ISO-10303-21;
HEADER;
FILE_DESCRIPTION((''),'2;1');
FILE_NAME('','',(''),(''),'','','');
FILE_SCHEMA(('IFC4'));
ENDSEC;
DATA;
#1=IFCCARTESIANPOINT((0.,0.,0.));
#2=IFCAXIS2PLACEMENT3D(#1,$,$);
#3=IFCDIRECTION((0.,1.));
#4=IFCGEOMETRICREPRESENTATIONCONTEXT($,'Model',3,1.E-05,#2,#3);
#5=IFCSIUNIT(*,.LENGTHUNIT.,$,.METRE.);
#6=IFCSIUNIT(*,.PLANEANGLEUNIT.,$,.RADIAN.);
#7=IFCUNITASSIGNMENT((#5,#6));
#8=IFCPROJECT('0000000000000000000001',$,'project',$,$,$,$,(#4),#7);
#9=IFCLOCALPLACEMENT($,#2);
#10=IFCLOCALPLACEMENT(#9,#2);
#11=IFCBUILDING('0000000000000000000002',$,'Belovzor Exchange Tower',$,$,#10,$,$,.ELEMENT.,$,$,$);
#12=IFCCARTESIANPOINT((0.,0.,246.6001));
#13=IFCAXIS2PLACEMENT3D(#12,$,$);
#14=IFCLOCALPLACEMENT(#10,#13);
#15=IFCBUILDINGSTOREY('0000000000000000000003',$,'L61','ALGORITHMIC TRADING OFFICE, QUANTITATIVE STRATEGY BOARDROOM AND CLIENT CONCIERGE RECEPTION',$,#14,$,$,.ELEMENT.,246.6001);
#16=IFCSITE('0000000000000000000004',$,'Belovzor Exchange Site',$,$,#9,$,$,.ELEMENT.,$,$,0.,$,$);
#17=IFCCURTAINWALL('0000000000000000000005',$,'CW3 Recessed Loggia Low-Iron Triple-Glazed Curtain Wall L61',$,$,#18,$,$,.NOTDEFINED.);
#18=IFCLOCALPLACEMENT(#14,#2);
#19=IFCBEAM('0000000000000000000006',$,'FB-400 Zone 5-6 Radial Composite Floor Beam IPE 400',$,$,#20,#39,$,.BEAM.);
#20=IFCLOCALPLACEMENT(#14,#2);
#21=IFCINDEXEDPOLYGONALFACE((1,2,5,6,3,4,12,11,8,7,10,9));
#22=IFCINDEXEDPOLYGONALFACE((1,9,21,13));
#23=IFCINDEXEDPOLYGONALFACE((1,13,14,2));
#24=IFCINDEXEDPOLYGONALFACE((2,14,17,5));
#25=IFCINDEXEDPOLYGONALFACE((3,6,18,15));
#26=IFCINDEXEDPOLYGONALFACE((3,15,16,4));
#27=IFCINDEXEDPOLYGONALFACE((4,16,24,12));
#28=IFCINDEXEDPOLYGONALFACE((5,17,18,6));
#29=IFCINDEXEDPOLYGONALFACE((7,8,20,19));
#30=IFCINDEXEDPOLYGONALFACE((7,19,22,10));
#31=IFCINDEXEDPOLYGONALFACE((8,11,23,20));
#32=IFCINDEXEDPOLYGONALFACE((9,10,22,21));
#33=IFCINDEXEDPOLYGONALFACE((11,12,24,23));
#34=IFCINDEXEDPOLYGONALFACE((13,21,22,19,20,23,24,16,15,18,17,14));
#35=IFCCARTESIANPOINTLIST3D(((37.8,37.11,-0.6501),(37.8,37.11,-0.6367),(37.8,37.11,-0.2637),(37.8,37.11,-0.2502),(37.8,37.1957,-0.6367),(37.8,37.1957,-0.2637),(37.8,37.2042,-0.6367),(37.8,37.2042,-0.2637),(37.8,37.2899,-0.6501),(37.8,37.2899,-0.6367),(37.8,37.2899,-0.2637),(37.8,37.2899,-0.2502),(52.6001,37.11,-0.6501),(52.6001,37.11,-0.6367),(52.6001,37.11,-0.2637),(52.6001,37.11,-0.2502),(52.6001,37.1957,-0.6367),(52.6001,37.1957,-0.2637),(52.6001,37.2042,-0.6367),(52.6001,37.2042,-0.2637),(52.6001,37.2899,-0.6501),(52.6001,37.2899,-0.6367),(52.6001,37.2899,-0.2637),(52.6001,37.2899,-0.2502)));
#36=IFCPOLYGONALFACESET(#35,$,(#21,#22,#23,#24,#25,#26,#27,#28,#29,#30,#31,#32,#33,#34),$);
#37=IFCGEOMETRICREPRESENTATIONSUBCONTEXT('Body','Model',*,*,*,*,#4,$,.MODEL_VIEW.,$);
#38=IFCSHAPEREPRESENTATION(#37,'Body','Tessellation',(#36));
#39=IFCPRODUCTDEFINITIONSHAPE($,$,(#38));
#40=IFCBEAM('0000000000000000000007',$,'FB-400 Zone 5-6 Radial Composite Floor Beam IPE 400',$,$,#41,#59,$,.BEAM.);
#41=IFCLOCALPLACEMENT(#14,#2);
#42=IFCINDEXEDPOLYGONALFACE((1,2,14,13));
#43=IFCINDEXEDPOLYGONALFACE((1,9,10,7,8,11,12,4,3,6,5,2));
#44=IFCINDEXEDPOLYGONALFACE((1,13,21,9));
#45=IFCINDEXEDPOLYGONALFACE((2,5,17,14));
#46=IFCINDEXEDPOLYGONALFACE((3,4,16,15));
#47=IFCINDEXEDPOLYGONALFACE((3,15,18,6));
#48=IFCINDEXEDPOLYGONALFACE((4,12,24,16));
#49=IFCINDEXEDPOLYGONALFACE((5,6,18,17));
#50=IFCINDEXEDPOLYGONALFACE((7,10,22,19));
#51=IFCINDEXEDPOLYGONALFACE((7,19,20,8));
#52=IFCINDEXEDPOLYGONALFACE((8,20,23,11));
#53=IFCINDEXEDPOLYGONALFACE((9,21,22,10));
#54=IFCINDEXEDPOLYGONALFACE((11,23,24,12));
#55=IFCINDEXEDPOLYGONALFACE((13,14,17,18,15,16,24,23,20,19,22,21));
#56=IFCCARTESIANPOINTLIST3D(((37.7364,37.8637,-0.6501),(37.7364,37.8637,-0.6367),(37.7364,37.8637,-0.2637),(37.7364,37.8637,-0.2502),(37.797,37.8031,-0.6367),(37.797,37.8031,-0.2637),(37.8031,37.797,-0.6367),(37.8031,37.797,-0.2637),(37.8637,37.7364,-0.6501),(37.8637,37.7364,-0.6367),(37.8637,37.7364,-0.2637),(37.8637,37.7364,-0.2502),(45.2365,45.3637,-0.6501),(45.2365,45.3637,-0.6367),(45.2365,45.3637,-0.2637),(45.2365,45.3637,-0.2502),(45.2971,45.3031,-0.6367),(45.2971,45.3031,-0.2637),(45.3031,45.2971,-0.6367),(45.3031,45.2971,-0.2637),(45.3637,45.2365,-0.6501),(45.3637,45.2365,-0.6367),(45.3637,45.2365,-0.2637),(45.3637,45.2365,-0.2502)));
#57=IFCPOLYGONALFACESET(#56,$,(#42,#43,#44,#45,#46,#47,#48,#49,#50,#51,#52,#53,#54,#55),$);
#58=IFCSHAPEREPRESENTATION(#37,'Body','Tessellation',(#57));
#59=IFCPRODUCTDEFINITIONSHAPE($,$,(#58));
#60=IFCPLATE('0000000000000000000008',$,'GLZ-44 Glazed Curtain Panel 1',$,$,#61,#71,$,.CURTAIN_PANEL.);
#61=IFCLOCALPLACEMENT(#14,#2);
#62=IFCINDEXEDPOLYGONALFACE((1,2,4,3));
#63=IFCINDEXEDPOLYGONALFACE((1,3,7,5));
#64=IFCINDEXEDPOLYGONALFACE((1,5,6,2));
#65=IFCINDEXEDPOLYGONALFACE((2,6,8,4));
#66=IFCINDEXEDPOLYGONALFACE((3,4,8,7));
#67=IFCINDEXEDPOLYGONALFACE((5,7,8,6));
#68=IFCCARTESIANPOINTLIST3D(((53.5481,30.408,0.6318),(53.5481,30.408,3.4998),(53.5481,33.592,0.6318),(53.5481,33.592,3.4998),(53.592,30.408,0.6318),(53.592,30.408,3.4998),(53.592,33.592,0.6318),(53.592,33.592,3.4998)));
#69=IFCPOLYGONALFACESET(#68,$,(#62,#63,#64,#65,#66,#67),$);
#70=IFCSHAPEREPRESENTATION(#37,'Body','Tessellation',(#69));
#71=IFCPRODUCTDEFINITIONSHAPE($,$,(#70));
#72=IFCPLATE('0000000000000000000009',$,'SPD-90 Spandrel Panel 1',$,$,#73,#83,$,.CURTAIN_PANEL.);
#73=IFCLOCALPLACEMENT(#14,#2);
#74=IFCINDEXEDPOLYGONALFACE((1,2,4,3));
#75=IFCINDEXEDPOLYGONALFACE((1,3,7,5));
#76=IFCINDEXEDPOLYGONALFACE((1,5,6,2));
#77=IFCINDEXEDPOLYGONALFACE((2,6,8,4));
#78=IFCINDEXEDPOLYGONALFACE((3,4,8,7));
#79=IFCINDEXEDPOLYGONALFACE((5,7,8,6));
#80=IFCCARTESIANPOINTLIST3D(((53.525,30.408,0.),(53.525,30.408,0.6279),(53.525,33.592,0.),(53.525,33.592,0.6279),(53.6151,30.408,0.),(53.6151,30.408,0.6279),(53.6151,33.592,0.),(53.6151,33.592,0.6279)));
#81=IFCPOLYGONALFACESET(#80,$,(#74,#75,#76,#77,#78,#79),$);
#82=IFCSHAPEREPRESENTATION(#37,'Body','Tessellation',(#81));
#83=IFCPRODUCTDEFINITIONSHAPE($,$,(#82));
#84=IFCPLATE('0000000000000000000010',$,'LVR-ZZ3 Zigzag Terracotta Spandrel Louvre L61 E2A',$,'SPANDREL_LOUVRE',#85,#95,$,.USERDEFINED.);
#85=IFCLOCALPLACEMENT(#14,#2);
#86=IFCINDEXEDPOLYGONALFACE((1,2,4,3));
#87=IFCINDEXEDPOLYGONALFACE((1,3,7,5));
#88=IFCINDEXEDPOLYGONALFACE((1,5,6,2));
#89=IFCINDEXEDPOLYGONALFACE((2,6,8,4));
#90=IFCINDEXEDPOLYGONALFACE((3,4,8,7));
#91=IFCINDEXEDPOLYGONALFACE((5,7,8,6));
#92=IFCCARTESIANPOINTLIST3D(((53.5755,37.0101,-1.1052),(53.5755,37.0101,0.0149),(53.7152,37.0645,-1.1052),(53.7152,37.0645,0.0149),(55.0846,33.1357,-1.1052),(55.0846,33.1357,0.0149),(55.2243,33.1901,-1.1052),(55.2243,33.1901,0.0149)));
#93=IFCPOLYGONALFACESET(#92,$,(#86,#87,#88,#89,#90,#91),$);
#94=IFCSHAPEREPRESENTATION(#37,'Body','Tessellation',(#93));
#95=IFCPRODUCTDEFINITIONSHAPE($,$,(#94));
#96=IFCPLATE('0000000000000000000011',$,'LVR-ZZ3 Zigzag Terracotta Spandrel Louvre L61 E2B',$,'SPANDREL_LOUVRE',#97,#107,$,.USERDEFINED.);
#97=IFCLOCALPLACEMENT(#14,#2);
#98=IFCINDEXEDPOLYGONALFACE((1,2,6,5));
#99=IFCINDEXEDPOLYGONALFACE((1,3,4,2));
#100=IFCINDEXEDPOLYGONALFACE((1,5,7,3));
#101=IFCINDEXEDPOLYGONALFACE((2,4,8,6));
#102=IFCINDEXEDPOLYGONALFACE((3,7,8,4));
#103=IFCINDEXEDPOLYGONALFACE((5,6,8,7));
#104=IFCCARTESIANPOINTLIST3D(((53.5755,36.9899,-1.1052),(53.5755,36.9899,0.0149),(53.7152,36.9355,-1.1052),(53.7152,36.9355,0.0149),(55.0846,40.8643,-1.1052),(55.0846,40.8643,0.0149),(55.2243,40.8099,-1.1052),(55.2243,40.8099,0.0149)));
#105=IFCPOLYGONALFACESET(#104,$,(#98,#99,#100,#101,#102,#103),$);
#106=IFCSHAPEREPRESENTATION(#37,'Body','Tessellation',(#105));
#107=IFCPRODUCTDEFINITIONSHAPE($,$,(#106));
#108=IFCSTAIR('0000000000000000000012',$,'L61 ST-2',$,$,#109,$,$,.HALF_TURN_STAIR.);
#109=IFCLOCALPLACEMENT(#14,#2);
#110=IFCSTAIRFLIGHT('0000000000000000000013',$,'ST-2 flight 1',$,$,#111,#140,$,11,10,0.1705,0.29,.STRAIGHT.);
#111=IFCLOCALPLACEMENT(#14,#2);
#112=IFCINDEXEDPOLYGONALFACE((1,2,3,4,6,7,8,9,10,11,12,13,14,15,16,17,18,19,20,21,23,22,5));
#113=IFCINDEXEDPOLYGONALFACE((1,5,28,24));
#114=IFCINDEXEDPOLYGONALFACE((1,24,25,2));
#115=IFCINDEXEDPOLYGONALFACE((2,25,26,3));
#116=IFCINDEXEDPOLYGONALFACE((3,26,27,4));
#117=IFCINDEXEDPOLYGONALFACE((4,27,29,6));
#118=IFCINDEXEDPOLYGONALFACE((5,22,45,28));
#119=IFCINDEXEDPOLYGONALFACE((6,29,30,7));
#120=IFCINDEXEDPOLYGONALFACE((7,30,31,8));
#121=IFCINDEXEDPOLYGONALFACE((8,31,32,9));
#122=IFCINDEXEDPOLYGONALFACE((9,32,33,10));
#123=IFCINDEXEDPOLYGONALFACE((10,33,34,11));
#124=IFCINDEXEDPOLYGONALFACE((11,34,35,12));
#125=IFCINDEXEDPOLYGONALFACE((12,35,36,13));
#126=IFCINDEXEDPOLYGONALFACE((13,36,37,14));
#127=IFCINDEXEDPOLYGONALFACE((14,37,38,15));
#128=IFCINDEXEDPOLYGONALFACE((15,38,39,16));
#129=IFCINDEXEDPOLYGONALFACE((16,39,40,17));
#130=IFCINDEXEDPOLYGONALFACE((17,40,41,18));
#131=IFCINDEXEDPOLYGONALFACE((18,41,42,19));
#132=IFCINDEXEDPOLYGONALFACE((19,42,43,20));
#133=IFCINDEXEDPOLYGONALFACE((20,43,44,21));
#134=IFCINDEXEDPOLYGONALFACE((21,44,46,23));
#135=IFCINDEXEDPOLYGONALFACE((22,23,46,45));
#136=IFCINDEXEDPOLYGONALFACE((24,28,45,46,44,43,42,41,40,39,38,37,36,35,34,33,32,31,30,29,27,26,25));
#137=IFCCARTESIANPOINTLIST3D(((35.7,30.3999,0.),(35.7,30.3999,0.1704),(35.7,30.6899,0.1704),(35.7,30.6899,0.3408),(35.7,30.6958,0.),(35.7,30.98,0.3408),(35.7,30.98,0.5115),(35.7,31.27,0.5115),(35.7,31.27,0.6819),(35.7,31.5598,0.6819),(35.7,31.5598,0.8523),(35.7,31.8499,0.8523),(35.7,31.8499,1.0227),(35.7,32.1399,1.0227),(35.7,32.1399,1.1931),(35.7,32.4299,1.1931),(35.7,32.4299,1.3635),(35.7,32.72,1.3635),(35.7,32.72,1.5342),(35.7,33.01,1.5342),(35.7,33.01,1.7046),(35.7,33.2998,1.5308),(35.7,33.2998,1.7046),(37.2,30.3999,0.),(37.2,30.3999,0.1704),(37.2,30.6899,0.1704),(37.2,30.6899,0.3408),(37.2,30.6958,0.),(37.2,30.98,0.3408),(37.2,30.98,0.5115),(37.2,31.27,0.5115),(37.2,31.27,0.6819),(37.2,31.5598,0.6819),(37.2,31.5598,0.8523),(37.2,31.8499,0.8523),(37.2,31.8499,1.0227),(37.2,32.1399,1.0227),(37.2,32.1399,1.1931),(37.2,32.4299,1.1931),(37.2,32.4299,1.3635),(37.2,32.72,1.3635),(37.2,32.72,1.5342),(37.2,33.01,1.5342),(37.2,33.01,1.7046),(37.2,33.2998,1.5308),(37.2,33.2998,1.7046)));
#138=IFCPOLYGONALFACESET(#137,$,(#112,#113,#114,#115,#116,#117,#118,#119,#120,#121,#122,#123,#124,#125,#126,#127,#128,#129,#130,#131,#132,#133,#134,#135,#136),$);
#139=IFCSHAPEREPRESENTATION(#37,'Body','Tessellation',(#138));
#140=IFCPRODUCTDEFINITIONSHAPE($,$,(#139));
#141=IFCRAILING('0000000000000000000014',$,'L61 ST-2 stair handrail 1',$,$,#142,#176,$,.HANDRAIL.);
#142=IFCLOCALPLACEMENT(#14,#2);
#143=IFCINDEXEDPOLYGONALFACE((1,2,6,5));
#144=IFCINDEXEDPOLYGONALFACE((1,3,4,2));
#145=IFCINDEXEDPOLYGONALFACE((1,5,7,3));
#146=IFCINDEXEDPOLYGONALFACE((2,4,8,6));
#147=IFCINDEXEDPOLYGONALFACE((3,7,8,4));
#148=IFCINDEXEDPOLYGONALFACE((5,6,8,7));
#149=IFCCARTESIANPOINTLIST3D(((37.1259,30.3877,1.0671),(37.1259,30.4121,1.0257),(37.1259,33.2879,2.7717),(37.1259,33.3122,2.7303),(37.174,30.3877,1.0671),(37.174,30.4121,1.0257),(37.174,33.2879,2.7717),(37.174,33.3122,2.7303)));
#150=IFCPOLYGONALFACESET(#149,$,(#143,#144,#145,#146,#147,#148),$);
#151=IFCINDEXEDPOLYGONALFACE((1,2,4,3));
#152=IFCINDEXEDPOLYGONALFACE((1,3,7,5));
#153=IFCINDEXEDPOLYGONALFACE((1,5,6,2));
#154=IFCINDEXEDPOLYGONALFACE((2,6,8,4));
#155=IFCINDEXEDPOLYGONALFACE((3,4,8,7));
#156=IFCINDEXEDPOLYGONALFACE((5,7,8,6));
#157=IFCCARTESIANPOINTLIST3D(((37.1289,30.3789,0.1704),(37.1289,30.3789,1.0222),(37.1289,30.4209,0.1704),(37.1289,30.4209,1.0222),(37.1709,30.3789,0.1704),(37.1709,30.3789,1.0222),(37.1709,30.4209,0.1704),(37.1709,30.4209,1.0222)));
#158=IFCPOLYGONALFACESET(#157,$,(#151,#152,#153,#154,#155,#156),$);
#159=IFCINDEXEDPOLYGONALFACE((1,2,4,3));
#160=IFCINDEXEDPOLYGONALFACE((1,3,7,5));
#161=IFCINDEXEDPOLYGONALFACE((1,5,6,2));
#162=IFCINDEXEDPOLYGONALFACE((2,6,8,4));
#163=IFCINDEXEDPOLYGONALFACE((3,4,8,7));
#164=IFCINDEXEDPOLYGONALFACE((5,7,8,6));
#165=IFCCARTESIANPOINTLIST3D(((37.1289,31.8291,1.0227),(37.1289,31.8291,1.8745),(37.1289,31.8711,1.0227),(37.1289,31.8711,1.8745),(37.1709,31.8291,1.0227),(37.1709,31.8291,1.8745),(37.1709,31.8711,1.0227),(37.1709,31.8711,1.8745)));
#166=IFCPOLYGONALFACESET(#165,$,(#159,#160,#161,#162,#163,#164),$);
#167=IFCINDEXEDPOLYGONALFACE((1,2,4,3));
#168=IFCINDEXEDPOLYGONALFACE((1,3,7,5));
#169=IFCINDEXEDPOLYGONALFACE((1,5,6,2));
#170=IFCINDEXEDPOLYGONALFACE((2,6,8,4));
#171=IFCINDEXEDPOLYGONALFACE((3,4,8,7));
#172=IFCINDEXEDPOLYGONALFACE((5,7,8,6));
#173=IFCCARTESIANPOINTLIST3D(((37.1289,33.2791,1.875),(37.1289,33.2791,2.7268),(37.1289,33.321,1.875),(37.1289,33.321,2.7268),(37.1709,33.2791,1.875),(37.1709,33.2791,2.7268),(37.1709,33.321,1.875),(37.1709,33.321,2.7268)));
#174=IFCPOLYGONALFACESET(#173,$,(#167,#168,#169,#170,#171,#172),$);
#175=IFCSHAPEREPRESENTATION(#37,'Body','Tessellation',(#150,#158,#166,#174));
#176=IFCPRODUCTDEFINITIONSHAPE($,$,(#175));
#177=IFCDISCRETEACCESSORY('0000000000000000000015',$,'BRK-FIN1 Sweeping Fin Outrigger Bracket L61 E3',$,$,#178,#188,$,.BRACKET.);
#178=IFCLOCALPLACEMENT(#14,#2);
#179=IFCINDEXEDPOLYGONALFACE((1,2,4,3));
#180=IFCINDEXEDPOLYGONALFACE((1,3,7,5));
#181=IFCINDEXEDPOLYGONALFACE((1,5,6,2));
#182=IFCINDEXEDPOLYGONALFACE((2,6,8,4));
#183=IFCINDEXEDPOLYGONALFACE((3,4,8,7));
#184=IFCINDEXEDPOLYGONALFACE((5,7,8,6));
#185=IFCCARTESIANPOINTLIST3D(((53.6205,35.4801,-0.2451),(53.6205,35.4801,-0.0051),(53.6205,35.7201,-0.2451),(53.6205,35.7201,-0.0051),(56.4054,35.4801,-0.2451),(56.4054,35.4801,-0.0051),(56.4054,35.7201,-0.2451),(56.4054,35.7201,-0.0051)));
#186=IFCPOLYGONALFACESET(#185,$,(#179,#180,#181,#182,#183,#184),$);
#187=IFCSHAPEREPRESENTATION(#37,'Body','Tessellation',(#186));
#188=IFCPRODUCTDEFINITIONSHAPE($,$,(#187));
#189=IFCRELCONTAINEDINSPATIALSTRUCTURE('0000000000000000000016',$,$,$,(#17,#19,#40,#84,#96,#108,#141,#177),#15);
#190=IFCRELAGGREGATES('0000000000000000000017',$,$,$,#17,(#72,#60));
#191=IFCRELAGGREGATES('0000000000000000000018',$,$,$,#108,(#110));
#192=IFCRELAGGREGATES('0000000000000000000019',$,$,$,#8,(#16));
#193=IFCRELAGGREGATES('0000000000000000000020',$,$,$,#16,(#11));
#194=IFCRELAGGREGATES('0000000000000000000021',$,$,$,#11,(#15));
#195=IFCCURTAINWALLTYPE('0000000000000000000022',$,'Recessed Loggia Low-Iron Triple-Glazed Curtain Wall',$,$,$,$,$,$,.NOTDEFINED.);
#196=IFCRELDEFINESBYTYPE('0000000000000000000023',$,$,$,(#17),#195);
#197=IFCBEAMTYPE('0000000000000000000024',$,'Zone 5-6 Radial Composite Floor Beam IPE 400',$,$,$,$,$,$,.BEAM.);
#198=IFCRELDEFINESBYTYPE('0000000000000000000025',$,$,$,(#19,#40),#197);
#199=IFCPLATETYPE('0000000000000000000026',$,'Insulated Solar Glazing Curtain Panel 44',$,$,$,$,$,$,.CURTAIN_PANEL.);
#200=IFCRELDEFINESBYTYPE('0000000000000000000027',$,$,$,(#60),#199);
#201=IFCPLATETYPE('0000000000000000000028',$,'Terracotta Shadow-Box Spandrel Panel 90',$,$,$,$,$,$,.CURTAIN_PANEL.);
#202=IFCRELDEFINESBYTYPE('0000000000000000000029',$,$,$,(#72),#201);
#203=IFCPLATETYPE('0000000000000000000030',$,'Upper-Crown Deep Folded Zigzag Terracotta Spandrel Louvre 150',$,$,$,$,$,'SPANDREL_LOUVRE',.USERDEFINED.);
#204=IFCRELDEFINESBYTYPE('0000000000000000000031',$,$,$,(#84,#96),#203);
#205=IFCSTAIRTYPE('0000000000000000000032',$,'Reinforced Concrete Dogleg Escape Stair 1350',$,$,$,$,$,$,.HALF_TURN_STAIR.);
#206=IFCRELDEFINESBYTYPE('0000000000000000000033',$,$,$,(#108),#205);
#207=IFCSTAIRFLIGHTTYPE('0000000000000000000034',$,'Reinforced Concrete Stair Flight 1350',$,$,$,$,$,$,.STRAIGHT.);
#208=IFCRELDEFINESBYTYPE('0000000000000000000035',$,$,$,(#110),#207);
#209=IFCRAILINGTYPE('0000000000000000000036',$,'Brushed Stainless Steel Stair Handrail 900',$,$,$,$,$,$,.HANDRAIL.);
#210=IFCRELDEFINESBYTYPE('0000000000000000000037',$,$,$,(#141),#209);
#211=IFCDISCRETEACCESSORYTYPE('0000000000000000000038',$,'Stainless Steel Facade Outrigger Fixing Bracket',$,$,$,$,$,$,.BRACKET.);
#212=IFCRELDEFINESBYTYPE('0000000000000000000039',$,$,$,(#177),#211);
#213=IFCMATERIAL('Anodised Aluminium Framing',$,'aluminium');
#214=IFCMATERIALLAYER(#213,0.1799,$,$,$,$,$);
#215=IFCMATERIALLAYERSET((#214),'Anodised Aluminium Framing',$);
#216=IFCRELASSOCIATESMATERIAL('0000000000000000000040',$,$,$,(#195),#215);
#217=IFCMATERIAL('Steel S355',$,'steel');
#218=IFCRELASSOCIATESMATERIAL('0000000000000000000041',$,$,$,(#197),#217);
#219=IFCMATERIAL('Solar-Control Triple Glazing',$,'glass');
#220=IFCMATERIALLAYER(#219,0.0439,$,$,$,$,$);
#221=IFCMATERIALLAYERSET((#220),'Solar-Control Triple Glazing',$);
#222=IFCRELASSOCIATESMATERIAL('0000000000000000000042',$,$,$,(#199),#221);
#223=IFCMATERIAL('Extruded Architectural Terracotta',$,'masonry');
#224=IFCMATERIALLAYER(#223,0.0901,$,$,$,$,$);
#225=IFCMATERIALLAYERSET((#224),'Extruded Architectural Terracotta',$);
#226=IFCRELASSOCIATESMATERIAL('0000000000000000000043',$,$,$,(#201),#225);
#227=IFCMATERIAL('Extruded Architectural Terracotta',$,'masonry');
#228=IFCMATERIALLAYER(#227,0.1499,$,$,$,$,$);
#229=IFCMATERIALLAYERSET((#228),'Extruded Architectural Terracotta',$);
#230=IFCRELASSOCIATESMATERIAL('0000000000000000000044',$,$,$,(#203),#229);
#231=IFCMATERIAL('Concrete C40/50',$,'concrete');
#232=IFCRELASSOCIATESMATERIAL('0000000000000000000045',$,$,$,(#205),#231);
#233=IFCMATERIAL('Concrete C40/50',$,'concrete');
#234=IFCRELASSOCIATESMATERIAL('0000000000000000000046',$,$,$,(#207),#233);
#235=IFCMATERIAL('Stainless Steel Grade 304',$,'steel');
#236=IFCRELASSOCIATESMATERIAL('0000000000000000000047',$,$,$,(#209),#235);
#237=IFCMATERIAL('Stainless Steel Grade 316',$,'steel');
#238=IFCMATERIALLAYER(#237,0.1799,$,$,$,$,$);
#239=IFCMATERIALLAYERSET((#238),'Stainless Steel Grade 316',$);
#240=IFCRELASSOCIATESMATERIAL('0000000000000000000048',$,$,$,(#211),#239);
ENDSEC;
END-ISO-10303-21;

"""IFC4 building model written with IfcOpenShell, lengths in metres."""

from ifc_helpers import new_model, si_unit, direction, frame, origin, origin_2d, place, context, subcontext, project, spatial, polyline, rectangle, i_section, outline, extrude, material, layer, layer_set, material_profile, profile_set, type_object, element, aggregate, save


model = new_model("IFC4")

# Units and contexts
model_context = context("Model", 3, precision=1e-05, world=origin(), true_north=direction((0.0, 1.0)))
body_context = subcontext(model_context, "Body", "Model", "MODEL_VIEW")
ifc_project = project(units=[si_unit("LENGTHUNIT", "METRE"), si_unit("PLANEANGLEUNIT", "RADIAN")], contexts=[model_context])

# Site, building, storey
site_placement = place(None, origin())
site = spatial("IfcSite", under=ifc_project, at=site_placement, Name="Belovzor Exchange Site", CompositionType="ELEMENT", RefElevation=0.0)
building_placement = place(site_placement, origin())
building = spatial("IfcBuilding", under=site, at=building_placement, Name="Belovzor Exchange Tower", CompositionType="ELEMENT")
storey_placement = place(building_placement, frame((0.0, 0.0, 246.6001)))
storey = spatial("IfcBuildingStorey", under=building, at=storey_placement, Name="L61", Description="ALGORITHMIC TRADING OFFICE, QUANTITATIVE STRATEGY BOARDROOM AND CLIENT CONCIERGE RECEPTION", CompositionType="ELEMENT", Elevation=246.6001)

# Curtain wall
ifc_material_1 = material(Name="Anodised Aluminium Framing", Category="aluminium")
ifc_layer_1 = layer(ifc_material_1, 0.1799)
ifc_layer_set_1 = layer_set([ifc_layer_1], Name="Anodised Aluminium Framing")
curtain_wall_type = type_object("IfcCurtainWallType", Name="Recessed Loggia Low-Iron Triple-Glazed Curtain Wall", PredefinedType="NOTDEFINED", material=ifc_layer_set_1)
curtain_wall_placement = place(storey_placement, origin())
curtain_wall = element("IfcCurtainWall", 1, at=curtain_wall_placement, inside=storey, type_object=curtain_wall_type, Name="CW3 Recessed Loggia Low-Iron Triple-Glazed Curtain Wall L61", PredefinedType="NOTDEFINED")

# Beams
ifc_material_2 = material(Name="Steel S355", Category="steel")
ifc_material_profile_1 = material_profile(ifc_material_2, i_section(OverallWidth=0.1799, OverallDepth=0.3999, WebThickness=0.0085, FlangeThickness=0.0134, at=origin_2d()))
ifc_profile_set_1 = profile_set([ifc_material_profile_1], Name="Steel S355")
beam_type_1 = type_object("IfcBeamType", Name="Zone 5-6 Radial Composite Floor Beam IPE 400", PredefinedType="BEAM", material=ifc_profile_set_1)
for number, where, z_axis, x_axis, name in (
    (2, (37.8, 37.2, -0.4502), (1.0, 0.0, 0.0), (0.0, 1.0, 0.0), "FB-400 Zone 5-6 Radial Composite Floor Beam IPE 400"),
):
    element("IfcBeam", number, at=place(storey_placement, frame(where, z_axis=z_axis, x_axis=x_axis)), inside=storey, type_object=beam_type_1, Name=name, PredefinedType="BEAM", context=body_context, shape_type="SweptSolid", body=[
        extrude(i_section(OverallWidth=0.1799, OverallDepth=0.3999, WebThickness=0.0085, FlangeThickness=0.0134, at=origin_2d()), origin(), (0.0, 0.0, 1.0), 14.8),
    ])
beam_1_placement = place(storey_placement, frame((37.8, 37.8, -0.4502), z_axis=(0.707107, 0.707107, 0.0), x_axis=(-0.707107, 0.707107, 0.0)))
element("IfcBeam", 3, at=beam_1_placement, inside=storey, type_object=beam_type_1, Name="FB-400 Zone 5-6 Radial Composite Floor Beam IPE 400", PredefinedType="BEAM", context=body_context, shape_type="SweptSolid", body=[
    extrude(i_section(OverallWidth=0.1799, OverallDepth=0.3999, WebThickness=0.0085, FlangeThickness=0.0134, at=origin_2d()), origin(), (0.0, 0.0, 1.0), 10.6067),
])

# Plates
ifc_material_3 = material(Name="Solar-Control Triple Glazing", Category="glass")
ifc_layer_2 = layer(ifc_material_3, 0.0439)
ifc_layer_set_2 = layer_set([ifc_layer_2], Name="Solar-Control Triple Glazing")
plate_type_1 = type_object("IfcPlateType", Name="Insulated Solar Glazing Curtain Panel 44", PredefinedType="CURTAIN_PANEL", material=ifc_layer_set_2)
plate_1_placement = place(storey_placement, frame((53.5701, 32.0, 0.6318), z_axis=(0.0, 0.0, 1.0), x_axis=(0.0, -1.0, 0.0)))
plate_1 = element("IfcPlate", 4, at=plate_1_placement, type_object=plate_type_1, Name="GLZ-44 Glazed Curtain Panel 1", PredefinedType="CURTAIN_PANEL", context=body_context, shape_type="SweptSolid", body=[
    extrude(rectangle(XDim=3.1841, YDim=0.0439, at=origin_2d()), origin(), (0.0, 0.0, 1.0), 2.8679),
])
ifc_material_4 = material(Name="Extruded Architectural Terracotta", Category="masonry")
ifc_layer_3 = layer(ifc_material_4, 0.0901)
ifc_layer_set_3 = layer_set([ifc_layer_3], Name="Extruded Architectural Terracotta")
plate_type_2 = type_object("IfcPlateType", Name="Terracotta Shadow-Box Spandrel Panel 90", PredefinedType="CURTAIN_PANEL", material=ifc_layer_set_3)
plate_2_placement = place(storey_placement, frame((53.5701, 32.0, 0.0), z_axis=(0.0, 0.0, 1.0), x_axis=(0.0, -1.0, 0.0)))
plate_2 = element("IfcPlate", 5, at=plate_2_placement, type_object=plate_type_2, Name="SPD-90 Spandrel Panel 1", PredefinedType="CURTAIN_PANEL", context=body_context, shape_type="SweptSolid", body=[
    extrude(rectangle(XDim=3.1841, YDim=0.0901, at=origin_2d()), origin(), (0.0, 0.0, 1.0), 0.6279),
])
aggregate(curtain_wall, [plate_2, plate_1])

# Plates
ifc_material_5 = material(Name="Extruded Architectural Terracotta", Category="masonry")
ifc_layer_4 = layer(ifc_material_5, 0.1499)
ifc_layer_set_4 = layer_set([ifc_layer_4], Name="Extruded Architectural Terracotta")
plate_type_3 = type_object("IfcPlateType", Name="Upper-Crown Deep Folded Zigzag Terracotta Spandrel Louvre 150", ElementType="SPANDREL_LOUVRE", PredefinedType="USERDEFINED", material=ifc_layer_set_4)
for number, where, z_axis, x_axis, name in (
    (6, (54.3999, 35.1001, -1.1052), (0.0, 0.0, 1.0), (-0.362926, 0.931818, 0.0), "LVR-ZZ3 Zigzag Terracotta Spandrel Louvre L61 E2A"),
    (7, (54.3999, 38.8999, -1.1052), (0.0, 0.0, 1.0), (0.362926, 0.931818, 0.0), "LVR-ZZ3 Zigzag Terracotta Spandrel Louvre L61 E2B"),
):
    element("IfcPlate", number, at=place(storey_placement, frame(where, z_axis=z_axis, x_axis=x_axis)), inside=storey, type_object=plate_type_3, Name=name, ObjectType="SPANDREL_LOUVRE", PredefinedType="USERDEFINED", context=body_context, shape_type="SweptSolid", body=[
        extrude(rectangle(XDim=4.158, YDim=0.1499, at=origin_2d()), origin(), (0.0, 0.0, 1.0), 1.1201),
    ])

# Stair, stair flight
ifc_material_6 = material(Name="Concrete C40/50", Category="concrete")
stair_type = type_object("IfcStairType", Name="Reinforced Concrete Dogleg Escape Stair 1350", PredefinedType="HALF_TURN_STAIR", material=ifc_material_6)
stair_placement = place(storey_placement, origin())
stair = element("IfcStair", 8, at=stair_placement, inside=storey, type_object=stair_type, Name="L61 ST-2", PredefinedType="HALF_TURN_STAIR")
ifc_material_7 = material(Name="Concrete C40/50", Category="concrete")
stair_flight_type = type_object("IfcStairFlightType", Name="Reinforced Concrete Stair Flight 1350", PredefinedType="STRAIGHT", material=ifc_material_7)
stair_flight_placement = place(storey_placement, frame((36.45, 30.3999, 0.0), z_axis=(0.0, 0.0, 1.0), x_axis=(0.0, 1.0, 0.0)))
stair_flight = element("IfcStairFlight", 9, at=stair_flight_placement, type_object=stair_flight_type, Name="ST-2 flight 1", NumberOfRisers=11, NumberOfTreads=10, PredefinedType="STRAIGHT", RiserHeight=0.1705, TreadLength=0.29, context=body_context, shape_type="SweptSolid", body=[
    extrude(outline(polyline([(0.0, 0.0), (0.0, 0.1704), (0.29, 0.1704), (0.29, 0.3408), (0.5801, 0.3408), (0.5801, 0.5115), (0.8701, 0.5115), (0.8701, 0.6819), (1.1599, 0.6819), (1.1599, 0.8523), (1.45, 0.8523), (1.45, 1.0227), (1.74, 1.0227), (1.74, 1.1931), (2.03, 1.1931), (2.03, 1.3635), (2.3201, 1.3635), (2.3201, 1.5342), (2.6101, 1.5342), (2.6101, 1.7046), (2.8999, 1.7046), (2.8999, 1.875), (2.8999, 1.5308), (0.2959, 0.0), (0.0, 0.0)])), frame((0.0, 0.75, 0.0), z_axis=(0.0, -1.0, 0.0), x_axis=(1.0, 0.0, 0.0)), (0.0, 0.0, 1.0), 1.5),
])
aggregate(stair, [stair_flight])

# Railing
ifc_material_8 = material(Name="Stainless Steel Grade 304", Category="steel")
railing_type = type_object("IfcRailingType", Name="Brushed Stainless Steel Stair Handrail 900", PredefinedType="HANDRAIL", material=ifc_material_8)
railing_placement = place(storey_placement, frame((37.1499, 30.3999, 0.1704)))
element("IfcRailing", 10, at=railing_placement, inside=storey, type_object=railing_type, Name="L61 ST-2 stair handrail 1", PredefinedType="HANDRAIL", context=body_context, shape_type="SweptSolid", body=[
    extrude(rectangle(XDim=0.0481, YDim=0.0481, at=origin_2d()), frame((0.0, 0.0, 0.876), z_axis=(0.0, 0.862113, 0.506716), x_axis=(-1.0, 0.0, 0.0)), (0.0, 0.0, 1.0), 3.364),
    extrude(rectangle(XDim=0.042, YDim=0.042, at=origin_2d()), origin(), (0.0, 0.0, 1.0), 0.8518),
    extrude(rectangle(XDim=0.042, YDim=0.042, at=origin_2d()), frame((0.0, 1.4502, 0.8523)), (0.0, 0.0, 1.0), 0.8518),
    extrude(rectangle(XDim=0.042, YDim=0.042, at=origin_2d()), frame((0.0, 2.9001, 1.7046)), (0.0, 0.0, 1.0), 0.8518),
])

# Discrete accessory
ifc_material_9 = material(Name="Stainless Steel Grade 316", Category="steel")
ifc_layer_5 = layer(ifc_material_9, 0.1799)
ifc_layer_set_5 = layer_set([ifc_layer_5], Name="Stainless Steel Grade 316")
discrete_accessory_type = type_object("IfcDiscreteAccessoryType", Name="Stainless Steel Facade Outrigger Fixing Bracket", PredefinedType="BRACKET", material=ifc_layer_set_5)
discrete_accessory_placement = place(storey_placement, frame((55.0129, 35.6001, -0.2451), z_axis=(0.0, 0.0, 1.0), x_axis=(1.0, 0.0, 0.0)))
element("IfcDiscreteAccessory", 11, at=discrete_accessory_placement, inside=storey, type_object=discrete_accessory_type, Name="BRK-FIN1 Sweeping Fin Outrigger Bracket L61 E3", PredefinedType="BRACKET", context=body_context, shape_type="SweptSolid", body=[
    extrude(rectangle(XDim=2.7849, YDim=0.24, at=origin_2d()), origin(), (0.0, 0.0, 1.0), 0.24),
])

save(model, "model.ifc")
